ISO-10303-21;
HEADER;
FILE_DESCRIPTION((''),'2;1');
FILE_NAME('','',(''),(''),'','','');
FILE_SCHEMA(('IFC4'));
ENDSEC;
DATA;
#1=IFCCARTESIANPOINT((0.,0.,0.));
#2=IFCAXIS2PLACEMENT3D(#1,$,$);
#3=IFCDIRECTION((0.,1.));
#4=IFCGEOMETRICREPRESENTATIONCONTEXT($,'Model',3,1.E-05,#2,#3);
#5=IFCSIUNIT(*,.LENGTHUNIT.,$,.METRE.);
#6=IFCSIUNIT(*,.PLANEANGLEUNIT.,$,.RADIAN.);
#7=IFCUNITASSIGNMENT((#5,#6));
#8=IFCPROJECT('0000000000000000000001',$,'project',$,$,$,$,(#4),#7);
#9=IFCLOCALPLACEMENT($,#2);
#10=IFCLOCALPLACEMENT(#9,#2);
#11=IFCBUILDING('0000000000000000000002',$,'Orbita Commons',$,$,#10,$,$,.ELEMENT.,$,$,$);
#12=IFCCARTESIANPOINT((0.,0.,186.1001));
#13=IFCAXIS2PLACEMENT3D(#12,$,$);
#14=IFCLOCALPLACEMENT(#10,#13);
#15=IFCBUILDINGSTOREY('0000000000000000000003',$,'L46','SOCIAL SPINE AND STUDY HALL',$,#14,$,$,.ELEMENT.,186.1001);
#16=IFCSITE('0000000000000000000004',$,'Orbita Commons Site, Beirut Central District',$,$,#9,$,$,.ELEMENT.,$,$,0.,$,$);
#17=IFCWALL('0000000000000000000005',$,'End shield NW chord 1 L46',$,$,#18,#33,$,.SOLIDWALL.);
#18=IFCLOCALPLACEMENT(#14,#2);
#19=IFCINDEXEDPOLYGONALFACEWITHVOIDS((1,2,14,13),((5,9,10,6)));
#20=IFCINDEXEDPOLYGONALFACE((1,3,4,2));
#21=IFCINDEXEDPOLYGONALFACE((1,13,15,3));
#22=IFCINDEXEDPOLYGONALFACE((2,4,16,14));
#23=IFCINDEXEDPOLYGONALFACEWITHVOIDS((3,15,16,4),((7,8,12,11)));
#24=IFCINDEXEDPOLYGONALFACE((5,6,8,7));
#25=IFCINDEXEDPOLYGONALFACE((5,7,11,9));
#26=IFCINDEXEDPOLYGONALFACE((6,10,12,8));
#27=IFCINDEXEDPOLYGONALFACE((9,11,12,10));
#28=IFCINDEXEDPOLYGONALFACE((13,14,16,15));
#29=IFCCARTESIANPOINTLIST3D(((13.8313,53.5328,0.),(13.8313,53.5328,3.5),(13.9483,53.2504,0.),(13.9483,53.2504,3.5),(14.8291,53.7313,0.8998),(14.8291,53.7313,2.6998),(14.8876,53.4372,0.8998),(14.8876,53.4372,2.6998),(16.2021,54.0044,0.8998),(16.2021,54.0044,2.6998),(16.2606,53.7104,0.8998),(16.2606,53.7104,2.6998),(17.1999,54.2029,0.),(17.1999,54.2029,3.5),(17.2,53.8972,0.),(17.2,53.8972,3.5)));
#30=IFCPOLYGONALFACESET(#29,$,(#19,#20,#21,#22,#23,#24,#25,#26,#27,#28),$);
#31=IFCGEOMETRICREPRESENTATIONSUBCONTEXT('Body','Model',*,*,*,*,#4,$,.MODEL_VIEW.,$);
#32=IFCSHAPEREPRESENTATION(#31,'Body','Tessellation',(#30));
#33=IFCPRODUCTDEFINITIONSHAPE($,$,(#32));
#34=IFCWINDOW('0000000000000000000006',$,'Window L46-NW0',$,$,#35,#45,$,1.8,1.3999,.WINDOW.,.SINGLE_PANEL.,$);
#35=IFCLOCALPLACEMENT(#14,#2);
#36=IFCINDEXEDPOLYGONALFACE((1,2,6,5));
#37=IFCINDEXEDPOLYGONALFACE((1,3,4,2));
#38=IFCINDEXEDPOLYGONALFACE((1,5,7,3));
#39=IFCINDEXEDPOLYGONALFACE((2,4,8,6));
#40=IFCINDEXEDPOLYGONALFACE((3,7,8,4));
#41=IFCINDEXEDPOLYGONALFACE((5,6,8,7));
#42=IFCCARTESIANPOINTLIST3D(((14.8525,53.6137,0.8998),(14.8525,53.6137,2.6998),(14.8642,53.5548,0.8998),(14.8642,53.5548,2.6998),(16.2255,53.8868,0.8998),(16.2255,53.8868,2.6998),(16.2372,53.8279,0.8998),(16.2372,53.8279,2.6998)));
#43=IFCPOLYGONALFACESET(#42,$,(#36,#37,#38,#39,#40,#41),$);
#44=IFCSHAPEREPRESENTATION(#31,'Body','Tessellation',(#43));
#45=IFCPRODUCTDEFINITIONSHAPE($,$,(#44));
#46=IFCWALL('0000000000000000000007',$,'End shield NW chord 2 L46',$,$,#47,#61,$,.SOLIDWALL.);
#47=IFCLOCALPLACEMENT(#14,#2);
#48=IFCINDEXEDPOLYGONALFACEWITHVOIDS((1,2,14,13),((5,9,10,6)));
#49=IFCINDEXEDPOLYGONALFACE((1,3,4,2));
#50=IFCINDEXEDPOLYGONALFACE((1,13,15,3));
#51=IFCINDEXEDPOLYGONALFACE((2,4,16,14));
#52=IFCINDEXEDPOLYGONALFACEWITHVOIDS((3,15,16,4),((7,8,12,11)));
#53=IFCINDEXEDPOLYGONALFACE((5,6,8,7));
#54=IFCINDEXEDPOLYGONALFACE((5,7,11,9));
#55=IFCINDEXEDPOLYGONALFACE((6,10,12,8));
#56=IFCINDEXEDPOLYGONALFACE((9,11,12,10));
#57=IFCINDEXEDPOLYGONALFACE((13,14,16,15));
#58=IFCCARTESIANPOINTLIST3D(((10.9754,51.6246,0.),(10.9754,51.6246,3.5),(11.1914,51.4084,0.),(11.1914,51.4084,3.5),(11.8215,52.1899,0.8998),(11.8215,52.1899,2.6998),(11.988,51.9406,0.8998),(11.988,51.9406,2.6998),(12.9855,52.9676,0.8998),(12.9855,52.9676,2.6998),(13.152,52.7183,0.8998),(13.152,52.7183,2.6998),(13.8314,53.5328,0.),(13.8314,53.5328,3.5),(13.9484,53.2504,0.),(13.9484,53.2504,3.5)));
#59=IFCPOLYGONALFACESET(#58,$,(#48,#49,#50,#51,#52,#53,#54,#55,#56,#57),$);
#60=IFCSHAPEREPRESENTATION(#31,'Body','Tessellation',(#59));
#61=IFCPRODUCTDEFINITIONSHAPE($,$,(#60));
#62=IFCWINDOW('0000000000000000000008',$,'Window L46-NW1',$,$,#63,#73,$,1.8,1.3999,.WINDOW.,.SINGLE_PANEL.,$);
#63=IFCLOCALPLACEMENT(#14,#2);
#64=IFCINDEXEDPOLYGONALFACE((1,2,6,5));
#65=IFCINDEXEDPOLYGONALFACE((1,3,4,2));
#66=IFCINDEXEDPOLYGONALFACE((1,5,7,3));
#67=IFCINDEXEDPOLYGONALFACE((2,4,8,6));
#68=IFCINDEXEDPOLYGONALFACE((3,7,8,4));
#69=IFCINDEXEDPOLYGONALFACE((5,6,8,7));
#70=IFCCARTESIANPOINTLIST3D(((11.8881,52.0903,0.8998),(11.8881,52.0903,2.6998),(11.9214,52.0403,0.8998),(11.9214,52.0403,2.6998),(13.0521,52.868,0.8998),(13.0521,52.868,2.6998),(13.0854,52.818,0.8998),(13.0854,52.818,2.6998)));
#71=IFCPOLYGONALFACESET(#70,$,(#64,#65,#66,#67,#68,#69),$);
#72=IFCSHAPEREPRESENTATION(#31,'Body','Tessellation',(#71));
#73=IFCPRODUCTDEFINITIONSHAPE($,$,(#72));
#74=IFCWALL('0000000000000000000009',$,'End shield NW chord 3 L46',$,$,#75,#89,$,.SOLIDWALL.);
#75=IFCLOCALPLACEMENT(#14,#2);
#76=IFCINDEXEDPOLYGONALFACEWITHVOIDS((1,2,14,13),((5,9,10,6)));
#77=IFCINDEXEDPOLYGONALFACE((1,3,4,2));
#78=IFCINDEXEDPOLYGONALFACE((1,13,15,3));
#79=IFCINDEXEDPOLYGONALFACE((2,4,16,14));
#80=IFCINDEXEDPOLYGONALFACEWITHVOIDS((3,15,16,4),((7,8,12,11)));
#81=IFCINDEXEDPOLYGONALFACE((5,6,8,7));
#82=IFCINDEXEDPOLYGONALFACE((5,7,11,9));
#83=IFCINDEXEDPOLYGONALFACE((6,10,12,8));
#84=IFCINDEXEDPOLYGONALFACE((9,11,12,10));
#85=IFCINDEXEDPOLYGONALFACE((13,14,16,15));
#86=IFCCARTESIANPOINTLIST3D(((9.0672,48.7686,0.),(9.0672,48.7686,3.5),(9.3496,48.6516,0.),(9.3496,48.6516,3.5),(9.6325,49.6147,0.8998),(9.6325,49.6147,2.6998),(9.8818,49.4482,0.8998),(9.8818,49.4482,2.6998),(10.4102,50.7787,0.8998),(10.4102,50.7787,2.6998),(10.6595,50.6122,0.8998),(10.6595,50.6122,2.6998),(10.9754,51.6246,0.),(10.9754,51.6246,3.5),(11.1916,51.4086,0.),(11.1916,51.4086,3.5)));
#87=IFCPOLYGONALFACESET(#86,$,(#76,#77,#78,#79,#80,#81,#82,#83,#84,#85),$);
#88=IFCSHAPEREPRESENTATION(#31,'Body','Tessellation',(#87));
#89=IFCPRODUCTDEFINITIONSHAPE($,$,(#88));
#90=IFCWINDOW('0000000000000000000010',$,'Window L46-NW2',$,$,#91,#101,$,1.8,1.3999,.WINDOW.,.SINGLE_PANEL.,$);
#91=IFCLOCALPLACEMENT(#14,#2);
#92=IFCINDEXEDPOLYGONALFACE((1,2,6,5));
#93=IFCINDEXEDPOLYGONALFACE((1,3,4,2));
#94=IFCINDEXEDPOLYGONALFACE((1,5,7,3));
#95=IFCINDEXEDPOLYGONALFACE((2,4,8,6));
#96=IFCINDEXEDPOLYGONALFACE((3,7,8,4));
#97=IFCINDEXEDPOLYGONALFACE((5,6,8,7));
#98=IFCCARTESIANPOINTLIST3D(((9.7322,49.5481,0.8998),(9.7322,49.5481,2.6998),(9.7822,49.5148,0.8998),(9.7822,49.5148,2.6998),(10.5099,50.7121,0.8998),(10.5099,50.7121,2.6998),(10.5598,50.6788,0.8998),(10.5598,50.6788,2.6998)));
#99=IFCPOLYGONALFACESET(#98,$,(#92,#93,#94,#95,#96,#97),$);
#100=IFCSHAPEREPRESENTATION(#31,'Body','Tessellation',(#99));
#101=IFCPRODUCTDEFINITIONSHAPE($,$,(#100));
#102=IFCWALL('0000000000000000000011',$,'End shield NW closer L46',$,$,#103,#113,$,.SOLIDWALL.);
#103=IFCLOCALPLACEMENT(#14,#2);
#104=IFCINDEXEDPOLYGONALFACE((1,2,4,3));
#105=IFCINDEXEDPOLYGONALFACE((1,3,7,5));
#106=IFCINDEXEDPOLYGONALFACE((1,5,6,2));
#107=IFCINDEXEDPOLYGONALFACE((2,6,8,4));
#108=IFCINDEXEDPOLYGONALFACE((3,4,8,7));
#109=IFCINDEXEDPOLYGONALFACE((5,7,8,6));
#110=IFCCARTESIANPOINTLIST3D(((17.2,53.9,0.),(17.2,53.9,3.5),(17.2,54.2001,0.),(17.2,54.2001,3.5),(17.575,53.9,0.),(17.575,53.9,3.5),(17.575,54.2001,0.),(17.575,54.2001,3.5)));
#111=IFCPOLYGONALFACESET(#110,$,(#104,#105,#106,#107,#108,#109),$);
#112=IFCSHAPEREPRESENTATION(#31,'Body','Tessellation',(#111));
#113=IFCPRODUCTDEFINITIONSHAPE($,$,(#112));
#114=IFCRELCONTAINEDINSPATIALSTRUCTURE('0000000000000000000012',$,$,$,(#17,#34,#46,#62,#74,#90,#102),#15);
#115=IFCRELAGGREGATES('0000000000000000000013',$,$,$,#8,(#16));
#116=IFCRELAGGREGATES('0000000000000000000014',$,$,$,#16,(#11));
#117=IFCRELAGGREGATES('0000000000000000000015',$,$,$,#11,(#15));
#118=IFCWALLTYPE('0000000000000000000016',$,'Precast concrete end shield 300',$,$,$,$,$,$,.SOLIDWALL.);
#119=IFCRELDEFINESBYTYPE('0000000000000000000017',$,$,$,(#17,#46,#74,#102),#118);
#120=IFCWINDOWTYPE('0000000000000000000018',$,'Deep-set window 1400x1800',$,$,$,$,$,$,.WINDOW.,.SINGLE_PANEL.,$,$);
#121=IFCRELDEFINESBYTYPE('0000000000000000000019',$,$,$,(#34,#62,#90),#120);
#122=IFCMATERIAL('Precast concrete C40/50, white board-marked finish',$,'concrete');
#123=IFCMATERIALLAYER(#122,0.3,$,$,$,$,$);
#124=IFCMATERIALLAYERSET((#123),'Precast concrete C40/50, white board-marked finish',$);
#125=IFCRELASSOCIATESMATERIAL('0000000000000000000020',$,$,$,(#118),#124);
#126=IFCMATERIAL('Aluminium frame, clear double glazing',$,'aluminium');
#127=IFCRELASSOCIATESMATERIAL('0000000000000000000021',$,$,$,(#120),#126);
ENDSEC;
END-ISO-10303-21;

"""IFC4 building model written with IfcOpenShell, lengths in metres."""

from ifc_helpers import new_model, si_unit, direction, frame, frame_2d, origin, place, context, subcontext, project, spatial, polyline, rectangle, outline, extrude, material, layer, layer_set, type_object, element, fill, save


model = new_model("IFC4")

# Units and contexts
model_context = context("Model", 3, precision=1e-05, world=origin(), true_north=direction((0.0, 1.0)))
body_context = subcontext(model_context, "Body", "Model", "MODEL_VIEW")
ifc_project = project(units=[si_unit("LENGTHUNIT", "METRE"), si_unit("PLANEANGLEUNIT", "RADIAN")], contexts=[model_context])

# Site, building, storey
site_placement = place(None, origin())
site = spatial("IfcSite", under=ifc_project, at=site_placement, Name="Orbita Commons Site, Beirut Central District", CompositionType="ELEMENT", RefElevation=0.0)
building_placement = place(site_placement, origin())
building = spatial("IfcBuilding", under=site, at=building_placement, Name="Orbita Commons", CompositionType="ELEMENT")
storey_placement = place(building_placement, frame((0.0, 0.0, 186.1001)))
storey = spatial("IfcBuildingStorey", under=building, at=storey_placement, Name="L46", Description="SOCIAL SPINE AND STUDY HALL", CompositionType="ELEMENT", Elevation=186.1001)

# Walls, openings, windows
ifc_material_1 = material(Name="Precast concrete C40/50, white board-marked finish", Category="concrete")
ifc_layer_1 = layer(ifc_material_1, 0.3)
ifc_layer_set_1 = layer_set([ifc_layer_1], Name="Precast concrete C40/50, white board-marked finish")
wall_type_1 = type_object("IfcWallType", Name="Precast concrete end shield 300", PredefinedType="SOLIDWALL", material=ifc_layer_set_1)
wall_1_placement = place(storey_placement, frame((17.2, 54.05, 0.0), z_axis=(0.0, 0.0, 1.0), x_axis=(-0.980783, -0.1951, 0.0)))
wall_1 = element("IfcWall", 1, at=wall_1_placement, inside=storey, type_object=wall_type_1, Name="End shield NW chord 1 L46", PredefinedType="SOLIDWALL", context=body_context, shape_type="SweptSolid", body=[
    extrude(outline(polyline([(-0.0298, -0.1499), (3.4048, -0.1499), (3.3452, 0.1499), (0.0298, 0.1499), (-0.0298, -0.1499)])), origin(), (0.0, 0.0, 1.0), 3.5),
])
opening_1_placement = place(wall_1_placement, frame((0.9875, 0.0, 0.8999)))
opening_1 = element("IfcOpeningElement", 2, at=opening_1_placement, cuts=wall_1, PredefinedType="OPENING", context=body_context, shape_type="SweptSolid", body=[
    extrude(rectangle(XDim=1.3999, YDim=1.8, at=frame_2d((0.7, 0.8999))), frame((0.0, 0.1599, 0.0), z_axis=(0.0, -1.0, 0.0), x_axis=(1.0, 0.0, 0.0)), (0.0, 0.0, 1.0), 0.3201),
])
ifc_material_2 = material(Name="Aluminium frame, clear double glazing", Category="aluminium")
window_type = type_object("IfcWindowType", Name="Deep-set window 1400x1800", PartitioningType="SINGLE_PANEL", PredefinedType="WINDOW", material=ifc_material_2)
window_1_placement = place(opening_1_placement, origin())
window_1 = element("IfcWindow", 3, at=window_1_placement, inside=storey, type_object=window_type, Name="Window L46-NW0", OverallHeight=1.8, OverallWidth=1.3999, PartitioningType="SINGLE_PANEL", PredefinedType="WINDOW", context=body_context, shape_type="SweptSolid", body=[
    extrude(rectangle(XDim=1.3999, YDim=1.8, at=frame_2d((0.7, 0.8999))), frame((0.0, 0.03, 0.0), z_axis=(0.0, -1.0, 0.0), x_axis=(1.0, 0.0, 0.0)), (0.0, 0.0, 1.0), 0.0601),
])
fill(opening_1, window_1)
wall_2_placement = place(storey_placement, frame((13.8899, 53.3916, 0.0), z_axis=(0.0, 0.0, 1.0), x_axis=(-0.831493, -0.555535, 0.0)))
wall_2 = element("IfcWall", 4, at=wall_2_placement, inside=storey, type_object=wall_type_1, Name="End shield NW chord 2 L46", PredefinedType="SOLIDWALL", context=body_context, shape_type="SweptSolid", body=[
    extrude(outline(polyline([(-0.0298, -0.1499), (3.405, -0.1499), (3.3455, 0.1499), (0.0298, 0.1499), (-0.0298, -0.1499)])), origin(), (0.0, 0.0, 1.0), 3.5),
])
opening_2_placement = place(wall_2_placement, frame((0.9875, 0.0, 0.8999)))
opening_2 = element("IfcOpeningElement", 5, at=opening_2_placement, cuts=wall_2, PredefinedType="OPENING", context=body_context, shape_type="SweptSolid", body=[
    extrude(rectangle(XDim=1.3999, YDim=1.8, at=frame_2d((0.7, 0.8999))), frame((0.0, 0.1599, 0.0), z_axis=(0.0, -1.0, 0.0), x_axis=(1.0, 0.0, 0.0)), (0.0, 0.0, 1.0), 0.3201),
])
window_2_placement = place(opening_2_placement, origin())
window_2 = element("IfcWindow", 6, at=window_2_placement, inside=storey, type_object=window_type, Name="Window L46-NW1", OverallHeight=1.8, OverallWidth=1.3999, PartitioningType="SINGLE_PANEL", PredefinedType="WINDOW", context=body_context, shape_type="SweptSolid", body=[
    extrude(rectangle(XDim=1.3999, YDim=1.8, at=frame_2d((0.7, 0.8999))), frame((0.0, 0.03, 0.0), z_axis=(0.0, -1.0, 0.0), x_axis=(1.0, 0.0, 0.0)), (0.0, 0.0, 1.0), 0.0601),
])
fill(opening_2, window_2)
wall_3_placement = place(storey_placement, frame((11.0835, 51.5166, 0.0), z_axis=(0.0, 0.0, 1.0), x_axis=(-0.555535, -0.831493, 0.0)))
wall_3 = element("IfcWall", 7, at=wall_3_placement, inside=storey, type_object=wall_type_1, Name="End shield NW chord 3 L46", PredefinedType="SOLIDWALL", context=body_context, shape_type="SweptSolid", body=[
    extrude(outline(polyline([(-0.0298, -0.1499), (3.405, -0.1499), (3.3455, 0.1499), (0.0298, 0.1499), (-0.0298, -0.1499)])), origin(), (0.0, 0.0, 1.0), 3.5),
])
opening_3_placement = place(wall_3_placement, frame((0.9875, 0.0, 0.8999)))
opening_3 = element("IfcOpeningElement", 8, at=opening_3_placement, cuts=wall_3, PredefinedType="OPENING", context=body_context, shape_type="SweptSolid", body=[
    extrude(rectangle(XDim=1.3999, YDim=1.8, at=frame_2d((0.7, 0.8999))), frame((0.0, 0.1599, 0.0), z_axis=(0.0, -1.0, 0.0), x_axis=(1.0, 0.0, 0.0)), (0.0, 0.0, 1.0), 0.3201),
])
window_3_placement = place(opening_3_placement, origin())
window_3 = element("IfcWindow", 9, at=window_3_placement, inside=storey, type_object=window_type, Name="Window L46-NW2", OverallHeight=1.8, OverallWidth=1.3999, PartitioningType="SINGLE_PANEL", PredefinedType="WINDOW", context=body_context, shape_type="SweptSolid", body=[
    extrude(rectangle(XDim=1.3999, YDim=1.8, at=frame_2d((0.7, 0.8999))), frame((0.0, 0.03, 0.0), z_axis=(0.0, -1.0, 0.0), x_axis=(1.0, 0.0, 0.0)), (0.0, 0.0, 1.0), 0.0601),
])
fill(opening_3, window_3)

# Wall
wall_4_placement = place(storey_placement, frame((17.2, 54.05, 0.0), z_axis=(0.0, 0.0, 1.0), x_axis=(1.0, 0.0, 0.0)))
element("IfcWall", 10, at=wall_4_placement, inside=storey, type_object=wall_type_1, Name="End shield NW closer L46", PredefinedType="SOLIDWALL", context=body_context, shape_type="SweptSolid", body=[
    extrude(rectangle(XDim=0.375, YDim=0.3, at=frame_2d((0.1875, 0.0))), origin(), (0.0, 0.0, 1.0), 3.5),
])

save(model, "model.ifc")
